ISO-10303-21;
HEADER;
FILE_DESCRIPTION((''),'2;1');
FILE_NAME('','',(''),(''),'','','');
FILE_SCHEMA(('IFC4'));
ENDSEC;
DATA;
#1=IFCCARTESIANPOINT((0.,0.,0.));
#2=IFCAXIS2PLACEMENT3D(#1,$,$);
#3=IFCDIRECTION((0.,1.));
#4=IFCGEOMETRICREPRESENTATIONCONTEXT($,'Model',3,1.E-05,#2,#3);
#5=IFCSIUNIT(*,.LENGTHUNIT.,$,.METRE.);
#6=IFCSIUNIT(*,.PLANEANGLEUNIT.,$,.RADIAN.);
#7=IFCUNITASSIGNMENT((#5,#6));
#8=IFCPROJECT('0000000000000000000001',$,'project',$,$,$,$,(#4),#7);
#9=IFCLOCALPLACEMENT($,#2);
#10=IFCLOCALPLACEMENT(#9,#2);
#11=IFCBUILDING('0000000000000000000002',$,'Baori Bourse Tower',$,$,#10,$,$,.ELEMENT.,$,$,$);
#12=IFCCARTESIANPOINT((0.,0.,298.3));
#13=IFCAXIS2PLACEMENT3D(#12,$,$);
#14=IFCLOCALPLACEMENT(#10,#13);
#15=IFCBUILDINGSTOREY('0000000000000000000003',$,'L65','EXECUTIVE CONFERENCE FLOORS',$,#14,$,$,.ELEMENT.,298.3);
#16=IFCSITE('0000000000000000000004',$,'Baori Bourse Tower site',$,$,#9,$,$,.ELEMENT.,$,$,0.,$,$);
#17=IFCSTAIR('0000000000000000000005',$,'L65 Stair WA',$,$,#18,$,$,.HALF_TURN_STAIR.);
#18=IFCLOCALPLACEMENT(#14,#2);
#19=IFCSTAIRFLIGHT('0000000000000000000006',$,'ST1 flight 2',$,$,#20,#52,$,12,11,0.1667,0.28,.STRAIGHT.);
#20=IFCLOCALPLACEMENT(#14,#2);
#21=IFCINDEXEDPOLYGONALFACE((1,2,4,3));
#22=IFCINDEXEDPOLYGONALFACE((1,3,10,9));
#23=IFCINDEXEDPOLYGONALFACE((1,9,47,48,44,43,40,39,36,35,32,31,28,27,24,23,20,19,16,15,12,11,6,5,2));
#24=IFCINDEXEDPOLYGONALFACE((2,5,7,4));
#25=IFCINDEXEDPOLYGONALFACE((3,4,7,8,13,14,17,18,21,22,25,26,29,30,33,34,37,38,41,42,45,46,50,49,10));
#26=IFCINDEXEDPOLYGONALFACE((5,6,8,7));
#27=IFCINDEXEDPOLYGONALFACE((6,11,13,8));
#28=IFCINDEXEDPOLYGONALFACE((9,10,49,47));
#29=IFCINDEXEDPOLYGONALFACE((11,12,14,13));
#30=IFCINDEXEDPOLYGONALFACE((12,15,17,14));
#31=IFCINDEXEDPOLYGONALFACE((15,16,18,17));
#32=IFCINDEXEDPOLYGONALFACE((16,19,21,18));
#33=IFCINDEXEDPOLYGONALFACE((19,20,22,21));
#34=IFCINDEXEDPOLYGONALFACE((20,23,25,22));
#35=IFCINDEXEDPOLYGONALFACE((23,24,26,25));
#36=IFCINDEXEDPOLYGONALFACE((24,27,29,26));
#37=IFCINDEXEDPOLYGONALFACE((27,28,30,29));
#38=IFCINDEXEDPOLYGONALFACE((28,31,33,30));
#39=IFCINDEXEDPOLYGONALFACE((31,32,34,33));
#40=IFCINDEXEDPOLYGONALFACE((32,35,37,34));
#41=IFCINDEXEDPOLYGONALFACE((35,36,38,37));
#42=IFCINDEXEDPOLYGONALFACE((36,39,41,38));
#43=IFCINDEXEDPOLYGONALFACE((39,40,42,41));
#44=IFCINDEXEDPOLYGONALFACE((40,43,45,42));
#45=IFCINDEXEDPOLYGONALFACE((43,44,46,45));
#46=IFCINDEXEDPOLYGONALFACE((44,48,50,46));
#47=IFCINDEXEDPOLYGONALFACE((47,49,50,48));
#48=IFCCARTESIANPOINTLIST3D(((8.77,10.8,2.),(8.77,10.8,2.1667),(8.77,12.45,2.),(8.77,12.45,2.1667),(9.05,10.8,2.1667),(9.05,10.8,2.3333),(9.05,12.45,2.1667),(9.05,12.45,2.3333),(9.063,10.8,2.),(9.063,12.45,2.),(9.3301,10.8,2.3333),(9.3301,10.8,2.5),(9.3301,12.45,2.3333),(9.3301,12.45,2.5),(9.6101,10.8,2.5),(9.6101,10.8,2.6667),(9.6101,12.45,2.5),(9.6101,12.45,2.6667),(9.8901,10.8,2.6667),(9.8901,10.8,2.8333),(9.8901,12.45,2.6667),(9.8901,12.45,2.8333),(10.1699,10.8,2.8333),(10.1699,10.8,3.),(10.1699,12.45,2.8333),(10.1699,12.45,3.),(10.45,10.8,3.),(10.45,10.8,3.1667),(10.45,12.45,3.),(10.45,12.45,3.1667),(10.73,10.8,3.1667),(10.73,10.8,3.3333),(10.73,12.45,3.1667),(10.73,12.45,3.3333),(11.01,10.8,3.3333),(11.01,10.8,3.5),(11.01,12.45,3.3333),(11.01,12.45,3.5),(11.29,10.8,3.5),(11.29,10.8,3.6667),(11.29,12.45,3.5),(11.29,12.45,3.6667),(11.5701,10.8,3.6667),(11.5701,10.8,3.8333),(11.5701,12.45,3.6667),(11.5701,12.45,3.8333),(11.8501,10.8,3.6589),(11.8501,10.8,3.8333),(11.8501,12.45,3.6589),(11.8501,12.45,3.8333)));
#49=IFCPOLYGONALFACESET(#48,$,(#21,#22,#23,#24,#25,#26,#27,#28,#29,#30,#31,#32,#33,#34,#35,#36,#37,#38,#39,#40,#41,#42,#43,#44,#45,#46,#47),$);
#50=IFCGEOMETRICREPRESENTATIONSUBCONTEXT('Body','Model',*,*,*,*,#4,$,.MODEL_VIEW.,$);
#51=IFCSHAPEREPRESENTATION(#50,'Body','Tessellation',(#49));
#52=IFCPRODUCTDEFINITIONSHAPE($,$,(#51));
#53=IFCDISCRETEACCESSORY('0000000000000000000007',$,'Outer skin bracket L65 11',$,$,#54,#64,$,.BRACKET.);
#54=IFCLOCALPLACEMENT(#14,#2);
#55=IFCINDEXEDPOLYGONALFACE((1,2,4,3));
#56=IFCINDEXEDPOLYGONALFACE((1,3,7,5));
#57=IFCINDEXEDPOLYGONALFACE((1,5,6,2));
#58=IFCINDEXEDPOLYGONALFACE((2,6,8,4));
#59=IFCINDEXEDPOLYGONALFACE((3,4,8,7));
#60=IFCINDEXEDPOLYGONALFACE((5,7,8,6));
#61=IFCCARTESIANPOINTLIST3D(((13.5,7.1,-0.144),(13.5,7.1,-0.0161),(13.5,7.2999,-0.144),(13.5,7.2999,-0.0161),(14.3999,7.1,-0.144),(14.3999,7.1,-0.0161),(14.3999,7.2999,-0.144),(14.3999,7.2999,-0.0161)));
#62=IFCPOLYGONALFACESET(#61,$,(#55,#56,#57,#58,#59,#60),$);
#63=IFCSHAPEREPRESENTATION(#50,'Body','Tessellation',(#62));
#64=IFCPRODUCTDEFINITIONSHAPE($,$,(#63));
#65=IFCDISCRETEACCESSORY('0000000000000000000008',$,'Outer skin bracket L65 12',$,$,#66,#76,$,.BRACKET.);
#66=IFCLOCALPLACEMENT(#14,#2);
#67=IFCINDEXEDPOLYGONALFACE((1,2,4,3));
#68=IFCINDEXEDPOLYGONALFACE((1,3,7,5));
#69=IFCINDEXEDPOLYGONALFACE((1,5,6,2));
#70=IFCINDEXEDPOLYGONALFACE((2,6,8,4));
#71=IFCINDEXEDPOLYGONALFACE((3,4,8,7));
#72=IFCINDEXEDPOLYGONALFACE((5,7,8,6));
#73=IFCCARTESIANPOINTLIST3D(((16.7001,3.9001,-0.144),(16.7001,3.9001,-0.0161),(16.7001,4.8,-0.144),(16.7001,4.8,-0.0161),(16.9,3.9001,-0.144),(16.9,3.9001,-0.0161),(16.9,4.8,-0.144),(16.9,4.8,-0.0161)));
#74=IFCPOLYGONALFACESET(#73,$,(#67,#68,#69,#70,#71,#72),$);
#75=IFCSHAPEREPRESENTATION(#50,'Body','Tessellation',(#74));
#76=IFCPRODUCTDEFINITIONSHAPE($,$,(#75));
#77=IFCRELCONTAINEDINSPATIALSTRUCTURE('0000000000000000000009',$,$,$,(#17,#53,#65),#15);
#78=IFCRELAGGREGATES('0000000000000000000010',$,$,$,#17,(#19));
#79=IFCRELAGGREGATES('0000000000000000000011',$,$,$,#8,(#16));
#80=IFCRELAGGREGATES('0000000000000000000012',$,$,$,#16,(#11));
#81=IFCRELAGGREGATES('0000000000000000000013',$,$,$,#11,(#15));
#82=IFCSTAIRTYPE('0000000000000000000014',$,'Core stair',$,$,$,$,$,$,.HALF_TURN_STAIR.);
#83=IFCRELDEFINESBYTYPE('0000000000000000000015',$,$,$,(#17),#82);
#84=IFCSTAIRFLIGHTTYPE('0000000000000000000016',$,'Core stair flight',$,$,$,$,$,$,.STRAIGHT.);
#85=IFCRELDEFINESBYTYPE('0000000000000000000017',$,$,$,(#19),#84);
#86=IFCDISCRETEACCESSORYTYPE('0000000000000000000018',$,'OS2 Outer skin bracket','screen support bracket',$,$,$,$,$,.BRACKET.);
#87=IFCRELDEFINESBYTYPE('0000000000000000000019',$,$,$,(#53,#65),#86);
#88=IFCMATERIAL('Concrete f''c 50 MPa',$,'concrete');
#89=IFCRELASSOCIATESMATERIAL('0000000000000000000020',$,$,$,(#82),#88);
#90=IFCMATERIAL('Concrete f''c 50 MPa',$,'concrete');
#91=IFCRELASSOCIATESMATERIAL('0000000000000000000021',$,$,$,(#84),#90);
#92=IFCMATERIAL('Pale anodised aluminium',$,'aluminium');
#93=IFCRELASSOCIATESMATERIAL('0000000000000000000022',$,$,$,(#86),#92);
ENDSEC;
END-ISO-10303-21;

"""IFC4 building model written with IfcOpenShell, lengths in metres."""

from ifc_helpers import new_model, si_unit, direction, frame, origin, origin_2d, place, context, subcontext, project, spatial, polyline, rectangle, outline, extrude, material, type_object, element, aggregate, save


model = new_model("IFC4")

# Units and contexts
model_context = context("Model", 3, precision=1e-05, world=origin(), true_north=direction((0.0, 1.0)))
body_context = subcontext(model_context, "Body", "Model", "MODEL_VIEW")
ifc_project = project(units=[si_unit("LENGTHUNIT", "METRE"), si_unit("PLANEANGLEUNIT", "RADIAN")], contexts=[model_context])

# Site, building, storey
site_placement = place(None, origin())
site = spatial("IfcSite", under=ifc_project, at=site_placement, Name="Baori Bourse Tower site", CompositionType="ELEMENT", RefElevation=0.0)
building_placement = place(site_placement, origin())
building = spatial("IfcBuilding", under=site, at=building_placement, Name="Baori Bourse Tower", CompositionType="ELEMENT")
storey_placement = place(building_placement, frame((0.0, 0.0, 298.3)))
storey = spatial("IfcBuildingStorey", under=building, at=storey_placement, Name="L65", Description="EXECUTIVE CONFERENCE FLOORS", CompositionType="ELEMENT", Elevation=298.3)

# Stair, stair flight
ifc_material_1 = material(Name="Concrete f'c 50 MPa", Category="concrete")
stair_type = type_object("IfcStairType", Name="Core stair", PredefinedType="HALF_TURN_STAIR", material=ifc_material_1)
stair_placement = place(storey_placement, origin())
stair = element("IfcStair", 1, at=stair_placement, inside=storey, type_object=stair_type, Name="L65 Stair WA", PredefinedType="HALF_TURN_STAIR")
ifc_material_2 = material(Name="Concrete f'c 50 MPa", Category="concrete")
stair_flight_type = type_object("IfcStairFlightType", Name="Core stair flight", PredefinedType="STRAIGHT", material=ifc_material_2)
stair_flight_placement = place(storey_placement, frame((8.77, 11.625, 2.0), z_axis=(0.0, 0.0, 1.0), x_axis=(1.0, 0.0, 0.0)))
stair_flight = element("IfcStairFlight", 2, at=stair_flight_placement, type_object=stair_flight_type, Name="ST1 flight 2", NumberOfRisers=12, NumberOfTreads=11, PredefinedType="STRAIGHT", RiserHeight=0.1667, TreadLength=0.28, context=body_context, shape_type="SweptSolid", body=[
    extrude(outline(polyline([(0.0, 0.0), (0.0, 0.1667), (0.28, 0.1667), (0.28, 0.3333), (0.5601, 0.3333), (0.5601, 0.5), (0.8401, 0.5), (0.8401, 0.6667), (1.1201, 0.6667), (1.1201, 0.8333), (1.3999, 0.8333), (1.3999, 1.0), (1.6799, 1.0), (1.6799, 1.1667), (1.96, 1.1667), (1.96, 1.3333), (2.24, 1.3333), (2.24, 1.5), (2.52, 1.5), (2.52, 1.6667), (2.8, 1.6667), (2.8, 1.8333), (3.0801, 1.8333), (3.0801, 2.0), (3.0801, 1.6589), (0.293, 0.0), (0.0, 0.0)])), frame((0.0, 0.825, 0.0), z_axis=(0.0, -1.0, 0.0), x_axis=(1.0, 0.0, 0.0)), (0.0, 0.0, 1.0), 1.6499),
])
aggregate(stair, [stair_flight])

# Discrete accessories
ifc_material_3 = material(Name="Pale anodised aluminium", Category="aluminium")
discrete_accessory_type = type_object("IfcDiscreteAccessoryType", Name="OS2 Outer skin bracket", Description="screen support bracket", PredefinedType="BRACKET", material=ifc_material_3)
for number, where, z_axis, x_axis, name in (
    (3, (13.95, 7.2, -0.144), (0.0, 0.0, 1.0), (0.0, -1.0, 0.0), "Outer skin bracket L65 11"),
    (4, (16.8, 4.3501, -0.144), (0.0, 0.0, 1.0), (1.0, 0.0, 0.0), "Outer skin bracket L65 12"),
):
    element("IfcDiscreteAccessory", number, at=place(storey_placement, frame(where, z_axis=z_axis, x_axis=x_axis)), inside=storey, type_object=discrete_accessory_type, Name=name, PredefinedType="BRACKET", context=body_context, shape_type="SweptSolid", body=[
        extrude(rectangle(XDim=0.2, YDim=0.8999, at=origin_2d()), origin(), (0.0, 0.0, 1.0), 0.1279),
    ])

save(model, "model.ifc")
